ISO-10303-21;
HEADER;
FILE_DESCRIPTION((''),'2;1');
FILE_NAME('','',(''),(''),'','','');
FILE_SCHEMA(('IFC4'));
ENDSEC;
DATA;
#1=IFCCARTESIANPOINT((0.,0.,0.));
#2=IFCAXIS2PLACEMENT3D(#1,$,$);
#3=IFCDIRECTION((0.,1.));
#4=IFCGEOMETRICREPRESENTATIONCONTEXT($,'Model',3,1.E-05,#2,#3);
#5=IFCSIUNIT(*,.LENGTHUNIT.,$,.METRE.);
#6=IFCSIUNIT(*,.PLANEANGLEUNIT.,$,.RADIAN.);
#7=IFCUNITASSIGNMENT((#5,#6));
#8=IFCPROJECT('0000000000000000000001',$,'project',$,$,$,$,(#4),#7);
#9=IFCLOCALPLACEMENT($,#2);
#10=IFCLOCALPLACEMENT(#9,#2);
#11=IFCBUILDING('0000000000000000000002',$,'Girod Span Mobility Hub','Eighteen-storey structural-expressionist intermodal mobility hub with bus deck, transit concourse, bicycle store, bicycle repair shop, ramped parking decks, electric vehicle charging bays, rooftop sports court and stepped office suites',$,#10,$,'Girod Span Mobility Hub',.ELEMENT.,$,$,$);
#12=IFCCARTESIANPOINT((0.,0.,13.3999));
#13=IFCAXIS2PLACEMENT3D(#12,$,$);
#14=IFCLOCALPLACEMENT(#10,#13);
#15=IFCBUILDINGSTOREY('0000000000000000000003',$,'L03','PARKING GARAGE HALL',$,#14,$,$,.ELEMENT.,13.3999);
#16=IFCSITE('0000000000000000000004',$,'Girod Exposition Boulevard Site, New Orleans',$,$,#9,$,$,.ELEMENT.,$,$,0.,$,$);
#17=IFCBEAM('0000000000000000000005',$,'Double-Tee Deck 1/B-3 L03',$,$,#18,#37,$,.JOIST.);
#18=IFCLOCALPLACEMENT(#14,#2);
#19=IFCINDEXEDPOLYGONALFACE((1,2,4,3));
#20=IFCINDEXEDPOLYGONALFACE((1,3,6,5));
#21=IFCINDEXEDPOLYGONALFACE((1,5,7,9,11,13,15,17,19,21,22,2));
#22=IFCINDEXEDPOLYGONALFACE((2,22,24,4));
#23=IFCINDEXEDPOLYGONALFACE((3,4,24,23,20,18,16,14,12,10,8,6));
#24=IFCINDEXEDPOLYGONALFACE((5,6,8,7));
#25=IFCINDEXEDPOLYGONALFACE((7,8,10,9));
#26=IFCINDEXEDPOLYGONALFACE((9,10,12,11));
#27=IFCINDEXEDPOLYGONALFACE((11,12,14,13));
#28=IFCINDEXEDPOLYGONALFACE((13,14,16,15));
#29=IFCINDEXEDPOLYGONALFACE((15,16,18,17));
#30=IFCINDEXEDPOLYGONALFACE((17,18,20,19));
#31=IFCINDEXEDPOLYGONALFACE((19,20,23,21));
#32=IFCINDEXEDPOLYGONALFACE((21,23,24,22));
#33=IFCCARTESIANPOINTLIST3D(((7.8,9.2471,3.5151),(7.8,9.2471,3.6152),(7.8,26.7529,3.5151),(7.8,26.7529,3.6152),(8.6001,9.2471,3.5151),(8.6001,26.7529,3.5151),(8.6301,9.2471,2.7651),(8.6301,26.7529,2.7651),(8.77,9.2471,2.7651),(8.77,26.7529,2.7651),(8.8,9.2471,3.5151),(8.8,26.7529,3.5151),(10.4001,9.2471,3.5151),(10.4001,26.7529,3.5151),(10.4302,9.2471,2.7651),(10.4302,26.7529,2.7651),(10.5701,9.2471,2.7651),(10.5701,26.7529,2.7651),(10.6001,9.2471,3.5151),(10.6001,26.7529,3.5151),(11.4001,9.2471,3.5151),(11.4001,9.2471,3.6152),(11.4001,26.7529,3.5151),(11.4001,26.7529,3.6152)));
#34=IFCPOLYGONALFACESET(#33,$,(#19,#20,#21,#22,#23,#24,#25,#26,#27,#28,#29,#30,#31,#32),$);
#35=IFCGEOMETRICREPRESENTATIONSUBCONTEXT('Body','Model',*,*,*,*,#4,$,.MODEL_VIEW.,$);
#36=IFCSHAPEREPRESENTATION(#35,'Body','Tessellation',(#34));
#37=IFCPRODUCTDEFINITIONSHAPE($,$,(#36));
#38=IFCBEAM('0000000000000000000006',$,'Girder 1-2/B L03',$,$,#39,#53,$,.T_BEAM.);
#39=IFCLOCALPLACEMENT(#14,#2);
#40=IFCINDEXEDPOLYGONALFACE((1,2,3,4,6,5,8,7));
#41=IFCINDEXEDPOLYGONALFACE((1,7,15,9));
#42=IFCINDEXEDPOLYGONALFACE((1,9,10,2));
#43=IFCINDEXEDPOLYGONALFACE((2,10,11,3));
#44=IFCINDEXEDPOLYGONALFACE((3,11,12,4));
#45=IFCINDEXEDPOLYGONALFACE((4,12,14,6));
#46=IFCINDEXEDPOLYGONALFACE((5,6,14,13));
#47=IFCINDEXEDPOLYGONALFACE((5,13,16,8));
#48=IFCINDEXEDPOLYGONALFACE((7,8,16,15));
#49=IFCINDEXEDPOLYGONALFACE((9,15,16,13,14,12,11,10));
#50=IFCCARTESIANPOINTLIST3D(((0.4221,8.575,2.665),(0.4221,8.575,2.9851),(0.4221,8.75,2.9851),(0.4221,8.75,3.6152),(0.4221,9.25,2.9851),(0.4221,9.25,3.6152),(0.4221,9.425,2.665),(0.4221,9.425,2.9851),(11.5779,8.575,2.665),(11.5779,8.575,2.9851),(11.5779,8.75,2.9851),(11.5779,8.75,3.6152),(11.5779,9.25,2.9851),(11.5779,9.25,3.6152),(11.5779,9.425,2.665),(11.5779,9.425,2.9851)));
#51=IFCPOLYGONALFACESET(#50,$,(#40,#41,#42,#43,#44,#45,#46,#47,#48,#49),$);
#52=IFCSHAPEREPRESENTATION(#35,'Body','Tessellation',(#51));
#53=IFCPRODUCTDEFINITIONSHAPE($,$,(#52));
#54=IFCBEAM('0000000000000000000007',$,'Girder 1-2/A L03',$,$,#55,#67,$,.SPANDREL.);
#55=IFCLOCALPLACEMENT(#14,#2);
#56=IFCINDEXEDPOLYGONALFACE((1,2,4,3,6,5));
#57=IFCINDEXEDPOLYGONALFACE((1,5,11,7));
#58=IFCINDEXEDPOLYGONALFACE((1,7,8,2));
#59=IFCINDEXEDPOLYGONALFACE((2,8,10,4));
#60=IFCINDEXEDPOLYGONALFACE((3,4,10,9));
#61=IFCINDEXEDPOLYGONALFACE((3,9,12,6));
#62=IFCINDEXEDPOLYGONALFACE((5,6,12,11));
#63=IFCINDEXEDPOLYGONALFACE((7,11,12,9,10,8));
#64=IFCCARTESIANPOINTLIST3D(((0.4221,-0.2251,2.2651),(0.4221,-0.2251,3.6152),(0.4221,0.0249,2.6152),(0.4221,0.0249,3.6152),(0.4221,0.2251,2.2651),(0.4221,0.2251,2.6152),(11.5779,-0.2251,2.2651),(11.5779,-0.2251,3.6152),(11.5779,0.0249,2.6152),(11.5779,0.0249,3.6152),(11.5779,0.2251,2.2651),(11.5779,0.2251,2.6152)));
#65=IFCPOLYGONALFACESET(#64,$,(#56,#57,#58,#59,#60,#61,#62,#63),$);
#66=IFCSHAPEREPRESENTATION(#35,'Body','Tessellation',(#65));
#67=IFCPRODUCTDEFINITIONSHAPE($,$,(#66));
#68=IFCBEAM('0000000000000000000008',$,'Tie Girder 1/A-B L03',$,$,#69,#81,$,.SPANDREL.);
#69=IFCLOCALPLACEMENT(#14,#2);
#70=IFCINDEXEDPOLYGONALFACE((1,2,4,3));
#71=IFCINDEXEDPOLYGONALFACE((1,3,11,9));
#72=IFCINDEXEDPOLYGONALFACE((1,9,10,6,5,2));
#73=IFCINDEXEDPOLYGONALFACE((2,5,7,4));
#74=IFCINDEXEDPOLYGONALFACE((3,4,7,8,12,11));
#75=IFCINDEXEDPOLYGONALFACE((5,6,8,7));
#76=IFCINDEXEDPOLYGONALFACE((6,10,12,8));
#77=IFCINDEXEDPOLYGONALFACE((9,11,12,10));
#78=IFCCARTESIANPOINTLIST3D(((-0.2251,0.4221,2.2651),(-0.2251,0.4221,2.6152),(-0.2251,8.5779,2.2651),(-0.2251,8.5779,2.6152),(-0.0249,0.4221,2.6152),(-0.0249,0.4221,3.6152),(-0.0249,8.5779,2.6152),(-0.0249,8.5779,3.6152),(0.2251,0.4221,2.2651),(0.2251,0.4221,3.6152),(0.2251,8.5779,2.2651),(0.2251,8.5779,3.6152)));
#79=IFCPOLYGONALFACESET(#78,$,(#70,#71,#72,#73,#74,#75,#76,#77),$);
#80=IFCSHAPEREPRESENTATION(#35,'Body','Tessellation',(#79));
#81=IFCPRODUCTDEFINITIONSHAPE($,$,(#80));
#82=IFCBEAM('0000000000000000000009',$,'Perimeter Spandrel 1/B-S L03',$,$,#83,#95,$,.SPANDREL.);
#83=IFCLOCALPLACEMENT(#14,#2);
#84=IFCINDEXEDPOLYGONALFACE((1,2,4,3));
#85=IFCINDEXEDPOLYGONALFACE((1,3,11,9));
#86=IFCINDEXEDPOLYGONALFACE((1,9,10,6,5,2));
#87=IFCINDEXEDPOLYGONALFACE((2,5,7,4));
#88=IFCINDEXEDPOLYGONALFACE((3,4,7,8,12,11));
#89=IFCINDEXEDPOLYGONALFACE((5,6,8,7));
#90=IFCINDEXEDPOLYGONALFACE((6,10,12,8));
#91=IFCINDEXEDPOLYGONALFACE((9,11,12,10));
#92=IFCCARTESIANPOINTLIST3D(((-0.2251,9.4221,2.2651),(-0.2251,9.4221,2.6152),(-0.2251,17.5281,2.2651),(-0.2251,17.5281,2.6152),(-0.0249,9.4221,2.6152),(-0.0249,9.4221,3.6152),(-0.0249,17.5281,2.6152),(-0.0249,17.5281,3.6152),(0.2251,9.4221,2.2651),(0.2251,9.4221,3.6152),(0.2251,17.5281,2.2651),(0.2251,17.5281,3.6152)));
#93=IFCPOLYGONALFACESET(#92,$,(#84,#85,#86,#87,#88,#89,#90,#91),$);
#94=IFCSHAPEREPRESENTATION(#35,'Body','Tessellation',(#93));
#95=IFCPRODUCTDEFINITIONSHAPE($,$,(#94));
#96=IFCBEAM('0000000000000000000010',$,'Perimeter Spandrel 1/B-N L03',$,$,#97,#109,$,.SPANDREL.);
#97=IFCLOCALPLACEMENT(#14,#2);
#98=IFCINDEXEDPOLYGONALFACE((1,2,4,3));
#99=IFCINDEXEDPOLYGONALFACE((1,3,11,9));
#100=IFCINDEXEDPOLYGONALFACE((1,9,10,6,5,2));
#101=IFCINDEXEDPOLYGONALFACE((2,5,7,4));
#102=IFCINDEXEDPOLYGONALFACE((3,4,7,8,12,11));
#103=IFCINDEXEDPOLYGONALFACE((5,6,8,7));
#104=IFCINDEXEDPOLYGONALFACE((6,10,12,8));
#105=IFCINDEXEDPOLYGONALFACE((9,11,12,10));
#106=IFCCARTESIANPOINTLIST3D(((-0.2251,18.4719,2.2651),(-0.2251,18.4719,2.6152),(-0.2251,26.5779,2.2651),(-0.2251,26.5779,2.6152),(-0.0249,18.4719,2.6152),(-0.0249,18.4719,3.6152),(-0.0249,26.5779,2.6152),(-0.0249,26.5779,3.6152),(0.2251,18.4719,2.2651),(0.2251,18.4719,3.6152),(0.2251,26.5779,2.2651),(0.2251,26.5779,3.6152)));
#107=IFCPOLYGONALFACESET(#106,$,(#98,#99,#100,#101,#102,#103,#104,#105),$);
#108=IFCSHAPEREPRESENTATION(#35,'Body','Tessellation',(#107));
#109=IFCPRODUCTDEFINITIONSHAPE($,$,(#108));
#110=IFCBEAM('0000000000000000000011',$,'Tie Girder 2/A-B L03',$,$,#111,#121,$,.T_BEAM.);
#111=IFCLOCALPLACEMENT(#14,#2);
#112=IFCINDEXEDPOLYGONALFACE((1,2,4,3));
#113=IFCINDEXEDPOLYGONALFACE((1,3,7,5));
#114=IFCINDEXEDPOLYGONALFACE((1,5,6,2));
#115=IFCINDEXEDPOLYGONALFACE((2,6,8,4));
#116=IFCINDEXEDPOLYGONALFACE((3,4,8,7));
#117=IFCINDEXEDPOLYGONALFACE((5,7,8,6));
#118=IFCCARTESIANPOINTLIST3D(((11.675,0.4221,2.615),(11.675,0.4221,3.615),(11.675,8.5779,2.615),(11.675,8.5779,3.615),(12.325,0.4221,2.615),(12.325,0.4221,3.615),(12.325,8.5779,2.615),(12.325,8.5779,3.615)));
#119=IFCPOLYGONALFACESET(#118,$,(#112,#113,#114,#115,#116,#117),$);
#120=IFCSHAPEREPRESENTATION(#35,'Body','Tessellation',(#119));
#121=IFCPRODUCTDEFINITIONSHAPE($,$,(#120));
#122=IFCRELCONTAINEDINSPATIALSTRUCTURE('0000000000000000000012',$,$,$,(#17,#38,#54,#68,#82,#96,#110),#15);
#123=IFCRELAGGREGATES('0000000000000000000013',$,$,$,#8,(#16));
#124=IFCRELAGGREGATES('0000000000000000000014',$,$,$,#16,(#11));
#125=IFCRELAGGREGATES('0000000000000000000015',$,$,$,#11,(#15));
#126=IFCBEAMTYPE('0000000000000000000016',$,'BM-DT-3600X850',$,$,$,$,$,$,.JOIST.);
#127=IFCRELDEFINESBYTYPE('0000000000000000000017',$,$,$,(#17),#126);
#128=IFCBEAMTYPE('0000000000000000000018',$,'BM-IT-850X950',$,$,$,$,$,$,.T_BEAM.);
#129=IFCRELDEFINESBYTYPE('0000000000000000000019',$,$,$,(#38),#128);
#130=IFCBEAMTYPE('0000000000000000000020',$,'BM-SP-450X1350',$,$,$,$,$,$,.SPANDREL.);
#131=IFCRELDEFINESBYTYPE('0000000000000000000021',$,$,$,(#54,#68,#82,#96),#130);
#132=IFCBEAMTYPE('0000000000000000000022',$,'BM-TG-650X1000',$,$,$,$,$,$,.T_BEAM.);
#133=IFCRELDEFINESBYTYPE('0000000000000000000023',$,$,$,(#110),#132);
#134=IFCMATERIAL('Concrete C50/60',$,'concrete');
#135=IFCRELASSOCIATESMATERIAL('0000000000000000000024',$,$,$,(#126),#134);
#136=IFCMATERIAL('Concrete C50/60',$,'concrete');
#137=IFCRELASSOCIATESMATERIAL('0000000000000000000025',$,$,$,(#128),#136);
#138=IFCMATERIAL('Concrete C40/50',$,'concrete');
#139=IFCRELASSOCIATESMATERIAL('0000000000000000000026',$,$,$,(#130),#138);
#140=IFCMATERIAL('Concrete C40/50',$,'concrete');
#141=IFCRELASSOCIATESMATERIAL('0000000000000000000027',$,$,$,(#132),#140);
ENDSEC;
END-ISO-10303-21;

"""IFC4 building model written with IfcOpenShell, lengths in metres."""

from ifc_helpers import new_model, si_unit, direction, frame, origin, origin_2d, place, context, subcontext, project, spatial, polyline, rectangle, outline, extrude, material, material_profile, profile_set, type_object, element, save


model = new_model("IFC4")

# Units and contexts
model_context = context("Model", 3, precision=1e-05, world=origin(), true_north=direction((0.0, 1.0)))
body_context = subcontext(model_context, "Body", "Model", "MODEL_VIEW")
ifc_project = project(units=[si_unit("LENGTHUNIT", "METRE"), si_unit("PLANEANGLEUNIT", "RADIAN")], contexts=[model_context])

# Site, building, storey
site_placement = place(None, origin())
site = spatial("IfcSite", under=ifc_project, at=site_placement, Name="Girod Exposition Boulevard Site, New Orleans", CompositionType="ELEMENT", RefElevation=0.0)
building_placement = place(site_placement, origin())
building = spatial("IfcBuilding", under=site, at=building_placement, Name="Girod Span Mobility Hub", Description="Eighteen-storey structural-expressionist intermodal mobility hub with bus deck, transit concourse, bicycle store, bicycle repair shop, ramped parking decks, electric vehicle charging bays, rooftop sports court and stepped office suites", LongName="Girod Span Mobility Hub", CompositionType="ELEMENT")
storey_placement = place(building_placement, frame((0.0, 0.0, 13.3999)))
storey = spatial("IfcBuildingStorey", under=building, at=storey_placement, Name="L03", Description="PARKING GARAGE HALL", CompositionType="ELEMENT", Elevation=13.3999)

# Beams
ifc_material_1 = material(Name="Concrete C50/60", Category="concrete")
ifc_material_profile_1 = material_profile(ifc_material_1, outline(polyline([(-1.8, 0.425), (-1.8, 0.325), (-1.0, 0.325), (-0.97, -0.425), (-0.8301, -0.425), (-0.8, 0.325), (0.8, 0.325), (0.8301, -0.425), (0.97, -0.425), (1.0, 0.325), (1.8, 0.325), (1.8, 0.425), (-1.8, 0.425)])), Name="DT-3600X850")
ifc_profile_set_1 = profile_set([ifc_material_profile_1], Name="Concrete C50/60")
beam_type_1 = type_object("IfcBeamType", Name="BM-DT-3600X850", PredefinedType="JOIST", material=ifc_profile_set_1)
for number, where, z_axis, x_axis, name in (
    (1, (9.6001, 9.2471, 3.1902), (0.0, 1.0, 0.0), (-1.0, 0.0, 0.0), "Double-Tee Deck 1/B-3 L03"),
):
    element("IfcBeam", number, at=place(storey_placement, frame(where, z_axis=z_axis, x_axis=x_axis)), inside=storey, type_object=beam_type_1, Name=name, PredefinedType="JOIST", context=body_context, shape_type="SweptSolid", body=[
        extrude(outline(polyline([(-1.8, 0.425), (-1.8, 0.325), (-1.0, 0.325), (-0.97, -0.425), (-0.8301, -0.425), (-0.8, 0.325), (0.8, 0.325), (0.8301, -0.425), (0.97, -0.425), (1.0, 0.325), (1.8, 0.325), (1.8, 0.425), (-1.8, 0.425)])), origin(), (0.0, 0.0, 1.0), 17.5059),
    ])
ifc_material_2 = material(Name="Concrete C50/60", Category="concrete")
ifc_material_profile_2 = material_profile(ifc_material_2, outline(polyline([(-0.425, -0.4751), (0.425, -0.4751), (0.425, -0.155), (0.25, -0.155), (0.25, 0.4751), (-0.25, 0.4751), (-0.25, -0.155), (-0.425, -0.155), (-0.425, -0.4751)])), Name="IT-850X950")
ifc_profile_set_2 = profile_set([ifc_material_profile_2], Name="Concrete C50/60")
beam_type_2 = type_object("IfcBeamType", Name="BM-IT-850X950", PredefinedType="T_BEAM", material=ifc_profile_set_2)
beam_1_placement = place(storey_placement, frame((0.4221, 9.0, 3.1401), z_axis=(1.0, 0.0, 0.0), x_axis=(0.0, 1.0, 0.0)))
element("IfcBeam", 2, at=beam_1_placement, inside=storey, type_object=beam_type_2, Name="Girder 1-2/B L03", PredefinedType="T_BEAM", context=body_context, shape_type="SweptSolid", body=[
    extrude(outline(polyline([(-0.425, -0.4751), (0.425, -0.4751), (0.425, -0.155), (0.25, -0.155), (0.25, 0.4751), (-0.25, 0.4751), (-0.25, -0.155), (-0.425, -0.155), (-0.425, -0.4751)])), origin(), (0.0, 0.0, 1.0), 11.1558),
])
ifc_material_3 = material(Name="Concrete C40/50", Category="concrete")
ifc_material_profile_3 = material_profile(ifc_material_3, outline(polyline([(-0.2251, -0.675), (0.2251, -0.675), (0.2251, -0.325), (0.0249, -0.325), (0.0249, 0.675), (-0.2251, 0.675), (-0.2251, -0.675)])), Name="SP-450X1350")
ifc_profile_set_3 = profile_set([ifc_material_profile_3], Name="Concrete C40/50")
beam_type_3 = type_object("IfcBeamType", Name="BM-SP-450X1350", PredefinedType="SPANDREL", material=ifc_profile_set_3)
beam_2_placement = place(storey_placement, frame((0.4221, 0.0, 2.9402), z_axis=(1.0, 0.0, 0.0), x_axis=(0.0, 1.0, 0.0)))
element("IfcBeam", 3, at=beam_2_placement, inside=storey, type_object=beam_type_3, Name="Girder 1-2/A L03", PredefinedType="SPANDREL", context=body_context, shape_type="SweptSolid", body=[
    extrude(outline(polyline([(-0.2251, -0.675), (0.2251, -0.675), (0.2251, -0.325), (0.0249, -0.325), (0.0249, 0.675), (-0.2251, 0.675), (-0.2251, -0.675)])), origin(), (0.0, 0.0, 1.0), 11.1558),
])
beam_3_placement = place(storey_placement, frame((0.0, 0.4221, 2.9402), z_axis=(0.0, 1.0, 0.0), x_axis=(-1.0, 0.0, 0.0)))
element("IfcBeam", 4, at=beam_3_placement, inside=storey, type_object=beam_type_3, Name="Tie Girder 1/A-B L03", PredefinedType="SPANDREL", context=body_context, shape_type="SweptSolid", body=[
    extrude(outline(polyline([(-0.2251, -0.675), (0.2251, -0.675), (0.2251, -0.325), (0.0249, -0.325), (0.0249, 0.675), (-0.2251, 0.675), (-0.2251, -0.675)])), origin(), (0.0, 0.0, 1.0), 8.1558),
])
for number, where, z_axis, x_axis, name in (
    (5, (0.0, 9.4221, 2.9402), (0.0, 1.0, 0.0), (-1.0, 0.0, 0.0), "Perimeter Spandrel 1/B-S L03"),
    (6, (0.0, 18.4719, 2.9402), (0.0, 1.0, 0.0), (-1.0, 0.0, 0.0), "Perimeter Spandrel 1/B-N L03"),
):
    element("IfcBeam", number, at=place(storey_placement, frame(where, z_axis=z_axis, x_axis=x_axis)), inside=storey, type_object=beam_type_3, Name=name, PredefinedType="SPANDREL", context=body_context, shape_type="SweptSolid", body=[
        extrude(outline(polyline([(-0.2251, -0.675), (0.2251, -0.675), (0.2251, -0.325), (0.0249, -0.325), (0.0249, 0.675), (-0.2251, 0.675), (-0.2251, -0.675)])), origin(), (0.0, 0.0, 1.0), 8.106),
    ])
ifc_material_4 = material(Name="Concrete C40/50", Category="concrete")
ifc_material_profile_4 = material_profile(ifc_material_4, rectangle(XDim=0.6499, YDim=1.0, at=origin_2d()), Name="TG-650X1000")
ifc_profile_set_4 = profile_set([ifc_material_profile_4], Name="Concrete C40/50")
beam_type_4 = type_object("IfcBeamType", Name="BM-TG-650X1000", PredefinedType="T_BEAM", material=ifc_profile_set_4)
beam_4_placement = place(storey_placement, frame((12.0, 0.4221, 3.115), z_axis=(0.0, 1.0, 0.0), x_axis=(-1.0, 0.0, 0.0)))
element("IfcBeam", 7, at=beam_4_placement, inside=storey, type_object=beam_type_4, Name="Tie Girder 2/A-B L03", PredefinedType="T_BEAM", context=body_context, shape_type="SweptSolid", body=[
    extrude(rectangle(XDim=0.6499, YDim=1.0, at=origin_2d()), origin(), (0.0, 0.0, 1.0), 8.1558),
])

save(model, "model.ifc")
